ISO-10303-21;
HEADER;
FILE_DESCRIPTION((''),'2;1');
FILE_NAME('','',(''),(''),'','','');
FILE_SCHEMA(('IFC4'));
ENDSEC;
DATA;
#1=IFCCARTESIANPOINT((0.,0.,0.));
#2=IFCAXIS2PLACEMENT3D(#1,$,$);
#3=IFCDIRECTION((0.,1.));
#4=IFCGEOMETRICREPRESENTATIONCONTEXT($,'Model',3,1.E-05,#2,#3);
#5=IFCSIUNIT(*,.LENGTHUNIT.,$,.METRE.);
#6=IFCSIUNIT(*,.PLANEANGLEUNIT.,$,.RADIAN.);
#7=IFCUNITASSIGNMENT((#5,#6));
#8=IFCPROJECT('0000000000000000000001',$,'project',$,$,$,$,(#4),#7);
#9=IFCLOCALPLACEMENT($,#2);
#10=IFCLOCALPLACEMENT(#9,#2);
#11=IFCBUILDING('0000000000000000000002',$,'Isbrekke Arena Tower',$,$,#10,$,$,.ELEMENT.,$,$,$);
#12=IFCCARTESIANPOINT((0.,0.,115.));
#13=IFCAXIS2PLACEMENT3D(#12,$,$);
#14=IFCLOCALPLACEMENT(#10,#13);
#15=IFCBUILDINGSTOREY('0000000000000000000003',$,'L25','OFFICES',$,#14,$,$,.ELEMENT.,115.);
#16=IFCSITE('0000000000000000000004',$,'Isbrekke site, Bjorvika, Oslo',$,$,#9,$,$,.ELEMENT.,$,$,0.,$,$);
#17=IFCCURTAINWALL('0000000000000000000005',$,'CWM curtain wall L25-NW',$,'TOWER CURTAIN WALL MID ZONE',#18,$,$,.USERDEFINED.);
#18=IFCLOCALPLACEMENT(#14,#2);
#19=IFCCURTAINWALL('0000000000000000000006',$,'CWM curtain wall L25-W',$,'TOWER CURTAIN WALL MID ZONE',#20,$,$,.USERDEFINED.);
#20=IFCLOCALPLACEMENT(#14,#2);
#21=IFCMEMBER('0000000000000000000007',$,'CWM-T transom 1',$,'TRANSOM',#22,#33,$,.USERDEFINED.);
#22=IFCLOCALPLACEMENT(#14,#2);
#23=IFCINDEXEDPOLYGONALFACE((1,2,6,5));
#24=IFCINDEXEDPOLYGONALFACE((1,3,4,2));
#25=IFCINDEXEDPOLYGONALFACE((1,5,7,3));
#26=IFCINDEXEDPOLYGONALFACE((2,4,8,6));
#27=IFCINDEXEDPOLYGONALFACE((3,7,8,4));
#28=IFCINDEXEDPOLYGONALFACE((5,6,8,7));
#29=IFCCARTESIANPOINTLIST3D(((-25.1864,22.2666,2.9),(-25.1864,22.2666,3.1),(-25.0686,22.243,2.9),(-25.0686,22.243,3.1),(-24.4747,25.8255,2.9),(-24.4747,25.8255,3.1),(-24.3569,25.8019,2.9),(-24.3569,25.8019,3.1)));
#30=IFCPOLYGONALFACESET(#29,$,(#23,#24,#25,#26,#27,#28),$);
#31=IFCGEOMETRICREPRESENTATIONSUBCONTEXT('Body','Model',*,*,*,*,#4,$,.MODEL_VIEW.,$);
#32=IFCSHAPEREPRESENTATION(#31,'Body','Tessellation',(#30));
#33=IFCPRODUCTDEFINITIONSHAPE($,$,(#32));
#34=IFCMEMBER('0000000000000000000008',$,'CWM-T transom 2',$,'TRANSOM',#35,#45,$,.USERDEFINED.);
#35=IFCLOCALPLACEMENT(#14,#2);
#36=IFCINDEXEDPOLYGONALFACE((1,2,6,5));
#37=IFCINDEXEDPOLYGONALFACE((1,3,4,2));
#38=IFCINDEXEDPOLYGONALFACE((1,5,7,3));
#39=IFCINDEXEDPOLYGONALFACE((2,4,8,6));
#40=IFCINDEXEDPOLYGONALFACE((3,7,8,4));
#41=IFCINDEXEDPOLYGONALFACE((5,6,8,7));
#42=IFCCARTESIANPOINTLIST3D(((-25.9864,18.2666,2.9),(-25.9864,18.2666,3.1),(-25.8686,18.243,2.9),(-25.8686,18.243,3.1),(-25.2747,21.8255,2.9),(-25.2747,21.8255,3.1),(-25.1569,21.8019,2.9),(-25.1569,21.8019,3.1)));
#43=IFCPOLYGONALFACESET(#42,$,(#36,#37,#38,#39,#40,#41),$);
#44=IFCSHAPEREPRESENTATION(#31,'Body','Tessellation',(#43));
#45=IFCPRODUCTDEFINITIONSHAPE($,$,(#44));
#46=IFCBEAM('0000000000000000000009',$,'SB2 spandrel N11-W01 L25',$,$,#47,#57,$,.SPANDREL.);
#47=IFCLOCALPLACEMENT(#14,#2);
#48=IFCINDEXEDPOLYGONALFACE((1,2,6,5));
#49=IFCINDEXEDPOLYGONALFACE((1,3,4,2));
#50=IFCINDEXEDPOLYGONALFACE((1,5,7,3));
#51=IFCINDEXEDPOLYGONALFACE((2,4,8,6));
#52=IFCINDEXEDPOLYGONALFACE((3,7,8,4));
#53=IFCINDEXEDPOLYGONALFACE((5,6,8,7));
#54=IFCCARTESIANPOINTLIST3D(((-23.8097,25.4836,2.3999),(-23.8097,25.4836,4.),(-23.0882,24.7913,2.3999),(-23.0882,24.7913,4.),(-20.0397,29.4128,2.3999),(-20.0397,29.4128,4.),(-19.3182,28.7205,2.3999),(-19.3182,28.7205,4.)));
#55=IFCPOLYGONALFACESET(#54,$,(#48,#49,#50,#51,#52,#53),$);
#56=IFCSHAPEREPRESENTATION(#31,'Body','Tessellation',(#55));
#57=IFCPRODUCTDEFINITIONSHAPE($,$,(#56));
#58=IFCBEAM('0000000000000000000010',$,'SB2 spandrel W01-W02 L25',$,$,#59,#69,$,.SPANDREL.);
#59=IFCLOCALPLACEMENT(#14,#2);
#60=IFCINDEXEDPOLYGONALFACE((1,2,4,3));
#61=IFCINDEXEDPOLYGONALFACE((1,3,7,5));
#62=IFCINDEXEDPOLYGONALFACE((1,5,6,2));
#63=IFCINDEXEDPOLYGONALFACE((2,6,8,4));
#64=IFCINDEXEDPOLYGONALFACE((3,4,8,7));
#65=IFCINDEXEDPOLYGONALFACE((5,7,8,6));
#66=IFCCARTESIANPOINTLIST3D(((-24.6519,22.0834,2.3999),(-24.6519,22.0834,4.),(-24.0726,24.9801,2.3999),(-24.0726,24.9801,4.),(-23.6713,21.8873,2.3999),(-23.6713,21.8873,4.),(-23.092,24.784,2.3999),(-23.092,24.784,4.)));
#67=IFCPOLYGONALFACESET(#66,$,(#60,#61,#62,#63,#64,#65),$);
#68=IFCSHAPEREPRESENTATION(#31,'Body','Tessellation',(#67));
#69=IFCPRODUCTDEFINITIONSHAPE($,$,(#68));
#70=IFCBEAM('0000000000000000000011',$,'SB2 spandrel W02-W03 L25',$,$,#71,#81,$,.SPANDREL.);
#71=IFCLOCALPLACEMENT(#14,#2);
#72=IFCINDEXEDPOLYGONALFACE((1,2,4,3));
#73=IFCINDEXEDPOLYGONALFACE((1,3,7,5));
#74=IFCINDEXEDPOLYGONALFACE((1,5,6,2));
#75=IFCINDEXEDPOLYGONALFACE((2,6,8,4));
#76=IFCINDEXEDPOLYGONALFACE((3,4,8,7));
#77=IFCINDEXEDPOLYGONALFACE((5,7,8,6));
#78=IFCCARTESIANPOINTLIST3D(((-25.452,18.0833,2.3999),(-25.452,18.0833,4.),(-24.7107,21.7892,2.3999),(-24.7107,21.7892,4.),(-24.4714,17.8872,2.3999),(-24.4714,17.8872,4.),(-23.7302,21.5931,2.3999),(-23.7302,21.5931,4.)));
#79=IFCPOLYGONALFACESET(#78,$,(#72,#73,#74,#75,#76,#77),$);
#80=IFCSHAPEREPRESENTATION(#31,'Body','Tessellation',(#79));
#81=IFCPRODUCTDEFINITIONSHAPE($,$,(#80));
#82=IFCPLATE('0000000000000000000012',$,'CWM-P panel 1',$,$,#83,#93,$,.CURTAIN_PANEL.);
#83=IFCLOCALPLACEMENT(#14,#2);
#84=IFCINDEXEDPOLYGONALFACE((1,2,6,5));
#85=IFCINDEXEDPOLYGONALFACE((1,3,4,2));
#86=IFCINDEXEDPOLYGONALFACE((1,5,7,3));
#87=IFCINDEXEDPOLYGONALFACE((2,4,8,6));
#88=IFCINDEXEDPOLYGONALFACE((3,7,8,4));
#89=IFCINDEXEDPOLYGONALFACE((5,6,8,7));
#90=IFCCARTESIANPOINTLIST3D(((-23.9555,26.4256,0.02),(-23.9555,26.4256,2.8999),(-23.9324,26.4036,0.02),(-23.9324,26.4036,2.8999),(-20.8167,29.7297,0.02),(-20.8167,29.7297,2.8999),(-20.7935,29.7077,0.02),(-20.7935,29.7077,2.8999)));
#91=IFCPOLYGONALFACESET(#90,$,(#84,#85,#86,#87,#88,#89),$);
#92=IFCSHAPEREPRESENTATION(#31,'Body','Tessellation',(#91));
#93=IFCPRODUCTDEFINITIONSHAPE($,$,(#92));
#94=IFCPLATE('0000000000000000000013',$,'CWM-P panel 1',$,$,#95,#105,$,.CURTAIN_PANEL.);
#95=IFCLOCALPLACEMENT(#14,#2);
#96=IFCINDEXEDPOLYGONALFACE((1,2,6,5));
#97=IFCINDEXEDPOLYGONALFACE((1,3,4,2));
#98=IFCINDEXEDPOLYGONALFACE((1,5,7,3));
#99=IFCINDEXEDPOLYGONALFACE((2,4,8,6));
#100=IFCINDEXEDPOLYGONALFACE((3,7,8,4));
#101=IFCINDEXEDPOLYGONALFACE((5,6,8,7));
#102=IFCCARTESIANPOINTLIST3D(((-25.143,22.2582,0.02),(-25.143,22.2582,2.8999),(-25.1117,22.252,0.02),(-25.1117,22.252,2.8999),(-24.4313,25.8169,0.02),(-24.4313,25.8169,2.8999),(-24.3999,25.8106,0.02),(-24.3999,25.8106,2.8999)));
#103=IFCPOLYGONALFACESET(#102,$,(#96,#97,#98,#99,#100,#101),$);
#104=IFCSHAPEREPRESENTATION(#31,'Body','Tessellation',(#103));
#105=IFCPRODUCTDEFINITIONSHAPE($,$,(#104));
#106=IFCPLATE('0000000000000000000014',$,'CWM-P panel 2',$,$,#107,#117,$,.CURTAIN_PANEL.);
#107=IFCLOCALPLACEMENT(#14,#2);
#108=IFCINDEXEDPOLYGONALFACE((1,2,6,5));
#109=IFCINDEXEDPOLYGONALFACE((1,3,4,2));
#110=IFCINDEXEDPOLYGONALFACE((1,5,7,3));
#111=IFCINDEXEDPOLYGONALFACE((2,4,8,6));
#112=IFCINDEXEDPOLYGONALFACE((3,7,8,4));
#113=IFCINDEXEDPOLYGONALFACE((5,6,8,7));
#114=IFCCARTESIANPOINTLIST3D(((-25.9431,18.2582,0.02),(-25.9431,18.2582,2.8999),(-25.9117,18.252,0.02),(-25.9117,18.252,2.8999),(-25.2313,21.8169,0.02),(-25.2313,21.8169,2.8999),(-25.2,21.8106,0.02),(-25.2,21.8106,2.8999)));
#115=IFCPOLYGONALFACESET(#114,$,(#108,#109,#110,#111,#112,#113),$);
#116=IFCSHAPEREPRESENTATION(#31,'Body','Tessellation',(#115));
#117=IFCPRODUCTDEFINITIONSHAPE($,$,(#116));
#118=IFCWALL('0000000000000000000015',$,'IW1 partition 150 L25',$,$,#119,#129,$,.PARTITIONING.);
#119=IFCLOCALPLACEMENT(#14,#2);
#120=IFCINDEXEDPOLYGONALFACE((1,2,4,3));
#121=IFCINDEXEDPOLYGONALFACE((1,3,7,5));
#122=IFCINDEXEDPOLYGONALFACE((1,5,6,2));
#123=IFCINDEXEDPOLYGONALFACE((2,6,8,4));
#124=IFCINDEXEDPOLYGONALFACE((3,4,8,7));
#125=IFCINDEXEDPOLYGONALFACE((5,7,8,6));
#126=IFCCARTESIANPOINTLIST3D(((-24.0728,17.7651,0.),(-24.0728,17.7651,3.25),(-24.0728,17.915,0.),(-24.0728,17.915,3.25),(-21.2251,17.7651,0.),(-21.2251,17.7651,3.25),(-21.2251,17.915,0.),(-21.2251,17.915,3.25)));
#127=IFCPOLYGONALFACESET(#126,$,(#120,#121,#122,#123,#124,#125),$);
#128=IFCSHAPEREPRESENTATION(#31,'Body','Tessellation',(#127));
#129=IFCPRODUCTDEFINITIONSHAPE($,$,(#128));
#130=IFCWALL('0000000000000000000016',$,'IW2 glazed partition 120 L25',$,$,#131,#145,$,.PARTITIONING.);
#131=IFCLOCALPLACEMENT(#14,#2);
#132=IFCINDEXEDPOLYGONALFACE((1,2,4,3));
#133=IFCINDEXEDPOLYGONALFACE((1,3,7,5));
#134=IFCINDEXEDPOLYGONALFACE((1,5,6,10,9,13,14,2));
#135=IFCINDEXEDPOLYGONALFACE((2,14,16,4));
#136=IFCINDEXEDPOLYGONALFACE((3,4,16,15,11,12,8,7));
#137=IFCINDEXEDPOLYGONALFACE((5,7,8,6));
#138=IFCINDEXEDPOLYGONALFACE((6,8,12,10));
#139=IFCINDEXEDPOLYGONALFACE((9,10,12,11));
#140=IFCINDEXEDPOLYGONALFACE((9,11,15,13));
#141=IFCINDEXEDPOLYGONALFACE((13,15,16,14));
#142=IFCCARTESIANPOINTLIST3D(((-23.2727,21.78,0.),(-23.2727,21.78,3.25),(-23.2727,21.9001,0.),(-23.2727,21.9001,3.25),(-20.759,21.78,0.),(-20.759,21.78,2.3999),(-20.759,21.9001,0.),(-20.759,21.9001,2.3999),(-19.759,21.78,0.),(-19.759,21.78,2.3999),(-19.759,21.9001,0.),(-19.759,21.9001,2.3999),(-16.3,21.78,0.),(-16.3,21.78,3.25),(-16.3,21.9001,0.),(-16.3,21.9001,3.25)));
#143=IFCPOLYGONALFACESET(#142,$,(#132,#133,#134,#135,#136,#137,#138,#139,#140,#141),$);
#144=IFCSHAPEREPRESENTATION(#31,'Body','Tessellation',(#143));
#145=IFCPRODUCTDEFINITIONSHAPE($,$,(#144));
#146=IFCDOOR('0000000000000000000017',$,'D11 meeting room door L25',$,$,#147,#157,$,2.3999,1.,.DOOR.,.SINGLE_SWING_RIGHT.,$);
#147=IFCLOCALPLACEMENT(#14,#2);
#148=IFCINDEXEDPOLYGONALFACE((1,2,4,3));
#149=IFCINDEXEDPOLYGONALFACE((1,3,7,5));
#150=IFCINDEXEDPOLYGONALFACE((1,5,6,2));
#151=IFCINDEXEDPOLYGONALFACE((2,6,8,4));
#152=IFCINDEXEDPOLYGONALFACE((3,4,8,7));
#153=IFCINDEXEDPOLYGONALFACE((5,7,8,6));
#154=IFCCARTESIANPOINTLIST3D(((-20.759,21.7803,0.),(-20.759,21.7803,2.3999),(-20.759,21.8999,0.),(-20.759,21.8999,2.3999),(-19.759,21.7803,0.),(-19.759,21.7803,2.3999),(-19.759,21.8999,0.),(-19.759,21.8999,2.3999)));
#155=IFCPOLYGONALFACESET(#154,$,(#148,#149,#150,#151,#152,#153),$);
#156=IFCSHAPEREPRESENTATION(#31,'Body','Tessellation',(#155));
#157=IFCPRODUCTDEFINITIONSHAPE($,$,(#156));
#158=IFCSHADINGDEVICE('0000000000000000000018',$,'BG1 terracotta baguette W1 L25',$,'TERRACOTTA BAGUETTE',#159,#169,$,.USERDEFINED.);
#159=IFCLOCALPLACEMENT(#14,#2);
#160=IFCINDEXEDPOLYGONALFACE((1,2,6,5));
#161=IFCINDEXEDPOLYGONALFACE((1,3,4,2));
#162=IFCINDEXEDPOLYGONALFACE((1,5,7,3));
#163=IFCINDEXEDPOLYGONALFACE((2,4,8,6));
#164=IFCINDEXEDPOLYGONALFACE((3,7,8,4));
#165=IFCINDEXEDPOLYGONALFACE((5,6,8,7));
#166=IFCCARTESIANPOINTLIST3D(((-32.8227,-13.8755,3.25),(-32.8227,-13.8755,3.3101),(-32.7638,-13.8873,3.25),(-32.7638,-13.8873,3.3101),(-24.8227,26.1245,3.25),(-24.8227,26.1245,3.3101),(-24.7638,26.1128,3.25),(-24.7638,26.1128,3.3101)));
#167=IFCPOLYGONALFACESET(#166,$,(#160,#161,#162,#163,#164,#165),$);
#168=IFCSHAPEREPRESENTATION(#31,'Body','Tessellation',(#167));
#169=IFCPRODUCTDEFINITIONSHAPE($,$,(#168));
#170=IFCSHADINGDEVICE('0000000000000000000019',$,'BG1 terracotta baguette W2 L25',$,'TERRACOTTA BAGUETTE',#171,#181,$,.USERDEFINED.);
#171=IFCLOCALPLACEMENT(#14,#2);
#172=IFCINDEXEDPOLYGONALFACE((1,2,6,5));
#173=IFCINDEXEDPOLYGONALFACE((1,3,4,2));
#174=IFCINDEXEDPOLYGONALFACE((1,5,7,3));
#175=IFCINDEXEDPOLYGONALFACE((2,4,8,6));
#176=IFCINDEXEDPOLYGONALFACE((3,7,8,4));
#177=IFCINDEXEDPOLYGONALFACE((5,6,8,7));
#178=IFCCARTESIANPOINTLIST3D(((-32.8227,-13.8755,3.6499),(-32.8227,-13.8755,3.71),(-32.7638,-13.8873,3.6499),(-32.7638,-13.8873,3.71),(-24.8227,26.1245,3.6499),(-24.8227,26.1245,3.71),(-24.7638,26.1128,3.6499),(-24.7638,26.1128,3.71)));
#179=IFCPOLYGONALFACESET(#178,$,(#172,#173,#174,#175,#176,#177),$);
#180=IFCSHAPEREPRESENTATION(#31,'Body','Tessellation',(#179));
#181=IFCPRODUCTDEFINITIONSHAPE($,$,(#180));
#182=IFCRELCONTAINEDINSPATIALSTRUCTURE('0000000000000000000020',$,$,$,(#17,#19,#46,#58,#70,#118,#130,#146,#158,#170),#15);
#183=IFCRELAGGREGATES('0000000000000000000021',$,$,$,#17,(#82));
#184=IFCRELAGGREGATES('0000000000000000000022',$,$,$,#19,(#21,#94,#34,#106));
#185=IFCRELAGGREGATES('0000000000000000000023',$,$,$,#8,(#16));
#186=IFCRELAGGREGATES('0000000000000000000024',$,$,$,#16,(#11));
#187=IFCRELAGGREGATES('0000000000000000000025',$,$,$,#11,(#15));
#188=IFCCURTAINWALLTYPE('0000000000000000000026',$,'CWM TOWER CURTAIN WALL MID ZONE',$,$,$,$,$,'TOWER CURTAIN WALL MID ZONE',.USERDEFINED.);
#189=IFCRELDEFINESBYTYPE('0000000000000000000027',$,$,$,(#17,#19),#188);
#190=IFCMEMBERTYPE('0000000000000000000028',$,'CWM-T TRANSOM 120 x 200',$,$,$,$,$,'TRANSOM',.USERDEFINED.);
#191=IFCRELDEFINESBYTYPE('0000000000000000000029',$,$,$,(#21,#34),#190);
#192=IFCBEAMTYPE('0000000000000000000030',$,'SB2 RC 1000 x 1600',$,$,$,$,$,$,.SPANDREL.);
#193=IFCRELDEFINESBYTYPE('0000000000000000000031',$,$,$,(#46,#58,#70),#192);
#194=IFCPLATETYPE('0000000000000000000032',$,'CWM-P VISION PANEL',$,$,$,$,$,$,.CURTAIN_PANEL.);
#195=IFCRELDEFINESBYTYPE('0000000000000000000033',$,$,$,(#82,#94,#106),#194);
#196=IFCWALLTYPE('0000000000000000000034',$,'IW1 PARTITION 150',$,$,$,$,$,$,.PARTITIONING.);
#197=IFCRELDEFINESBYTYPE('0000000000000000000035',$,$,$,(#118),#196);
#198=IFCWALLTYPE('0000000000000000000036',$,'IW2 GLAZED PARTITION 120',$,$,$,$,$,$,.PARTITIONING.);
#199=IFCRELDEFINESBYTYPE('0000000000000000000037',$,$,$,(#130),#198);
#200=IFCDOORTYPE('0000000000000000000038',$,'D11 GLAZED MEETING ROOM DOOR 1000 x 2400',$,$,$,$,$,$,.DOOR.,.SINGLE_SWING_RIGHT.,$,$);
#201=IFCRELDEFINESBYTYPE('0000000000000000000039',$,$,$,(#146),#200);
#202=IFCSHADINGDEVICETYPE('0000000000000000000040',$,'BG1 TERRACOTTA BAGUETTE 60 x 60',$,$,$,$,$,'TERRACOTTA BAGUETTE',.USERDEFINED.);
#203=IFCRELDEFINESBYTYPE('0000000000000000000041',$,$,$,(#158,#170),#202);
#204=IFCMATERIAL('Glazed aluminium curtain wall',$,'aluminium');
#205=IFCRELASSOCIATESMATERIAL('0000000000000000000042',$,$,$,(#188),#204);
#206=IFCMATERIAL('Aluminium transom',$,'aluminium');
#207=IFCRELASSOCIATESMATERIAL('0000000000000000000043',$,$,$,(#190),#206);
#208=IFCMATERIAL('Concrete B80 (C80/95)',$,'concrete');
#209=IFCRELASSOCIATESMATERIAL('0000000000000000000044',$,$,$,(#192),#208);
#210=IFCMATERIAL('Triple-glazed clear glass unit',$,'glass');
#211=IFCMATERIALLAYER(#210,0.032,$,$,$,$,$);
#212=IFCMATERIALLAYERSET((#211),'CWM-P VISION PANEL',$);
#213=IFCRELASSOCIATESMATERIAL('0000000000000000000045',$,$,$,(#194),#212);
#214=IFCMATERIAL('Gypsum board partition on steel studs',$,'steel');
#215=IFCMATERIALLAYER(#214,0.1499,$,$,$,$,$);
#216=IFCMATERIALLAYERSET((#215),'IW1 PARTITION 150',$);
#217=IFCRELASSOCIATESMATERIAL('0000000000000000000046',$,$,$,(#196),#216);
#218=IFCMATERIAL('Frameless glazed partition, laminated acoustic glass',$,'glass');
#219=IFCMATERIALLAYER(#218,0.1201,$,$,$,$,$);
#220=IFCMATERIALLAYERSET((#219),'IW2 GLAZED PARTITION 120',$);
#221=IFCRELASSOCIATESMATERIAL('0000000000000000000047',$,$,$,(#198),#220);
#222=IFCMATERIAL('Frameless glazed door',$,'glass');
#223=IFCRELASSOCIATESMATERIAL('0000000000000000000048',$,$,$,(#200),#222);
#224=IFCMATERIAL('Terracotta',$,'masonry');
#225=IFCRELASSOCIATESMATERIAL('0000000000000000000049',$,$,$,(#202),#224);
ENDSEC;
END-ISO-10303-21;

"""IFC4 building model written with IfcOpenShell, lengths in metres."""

from ifc_helpers import new_model, si_unit, direction, frame, frame_2d, origin, origin_2d, place, context, subcontext, project, spatial, rectangle, extrude, material, layer, layer_set, material_profile, profile_set, type_object, element, fill, aggregate, save


model = new_model("IFC4")

# Units and contexts
model_context = context("Model", 3, precision=1e-05, world=origin(), true_north=direction((0.0, 1.0)))
body_context = subcontext(model_context, "Body", "Model", "MODEL_VIEW")
ifc_project = project(units=[si_unit("LENGTHUNIT", "METRE"), si_unit("PLANEANGLEUNIT", "RADIAN")], contexts=[model_context])

# Site, building, storey
site_placement = place(None, origin())
site = spatial("IfcSite", under=ifc_project, at=site_placement, Name="Isbrekke site, Bjorvika, Oslo", CompositionType="ELEMENT", RefElevation=0.0)
building_placement = place(site_placement, origin())
building = spatial("IfcBuilding", under=site, at=building_placement, Name="Isbrekke Arena Tower", CompositionType="ELEMENT")
storey_placement = place(building_placement, frame((0.0, 0.0, 115.0)))
storey = spatial("IfcBuildingStorey", under=building, at=storey_placement, Name="L25", Description="OFFICES", CompositionType="ELEMENT", Elevation=115.0)

# Shared definitions
ifc_material_1 = material(Name="Glazed aluminium curtain wall", Category="aluminium")
curtain_wall_type = type_object("IfcCurtainWallType", Name="CWM TOWER CURTAIN WALL MID ZONE", ElementType="TOWER CURTAIN WALL MID ZONE", PredefinedType="USERDEFINED", material=ifc_material_1)

# Curtain walls
curtain_wall_1_placement = place(storey_placement, origin())
curtain_wall_1 = element("IfcCurtainWall", 1, at=curtain_wall_1_placement, inside=storey, type_object=curtain_wall_type, Name="CWM curtain wall L25-NW", ObjectType="TOWER CURTAIN WALL MID ZONE", PredefinedType="USERDEFINED")
curtain_wall_2_placement = place(storey_placement, origin())
curtain_wall_2 = element("IfcCurtainWall", 2, at=curtain_wall_2_placement, inside=storey, type_object=curtain_wall_type, Name="CWM curtain wall L25-W", ObjectType="TOWER CURTAIN WALL MID ZONE", PredefinedType="USERDEFINED")

# Members
ifc_material_2 = material(Name="Aluminium transom", Category="aluminium")
ifc_material_profile_1 = material_profile(ifc_material_2, rectangle(XDim=0.1201, YDim=0.2, at=origin_2d()), Name="TRANSOM 120X200")
ifc_profile_set_1 = profile_set([ifc_material_profile_1], Name="Aluminium transom")
member_type_1 = type_object("IfcMemberType", Name="CWM-T TRANSOM 120 x 200", ElementType="TRANSOM", PredefinedType="USERDEFINED", material=ifc_profile_set_1)
member_1_placement = place(storey_placement, frame((-24.4158, 25.8137, 3.0), z_axis=(-0.19609, -0.980586, 0.0), x_axis=(0.980586, -0.19609, 0.0)))
member_1 = element("IfcMember", 3, at=member_1_placement, type_object=member_type_1, Name="CWM-T transom 1", ObjectType="TRANSOM", PredefinedType="USERDEFINED", context=body_context, shape_type="SweptSolid", body=[
    extrude(rectangle(XDim=0.1201, YDim=0.2, at=origin_2d()), origin(), (0.0, 0.0, 1.0), 3.6294),
])
member_2_placement = place(storey_placement, frame((-25.2158, 21.8137, 3.0), z_axis=(-0.19609, -0.980586, 0.0), x_axis=(0.980586, -0.19609, 0.0)))
member_2 = element("IfcMember", 4, at=member_2_placement, type_object=member_type_1, Name="CWM-T transom 2", ObjectType="TRANSOM", PredefinedType="USERDEFINED", context=body_context, shape_type="SweptSolid", body=[
    extrude(rectangle(XDim=0.1201, YDim=0.2, at=origin_2d()), origin(), (0.0, 0.0, 1.0), 3.6294),
])

# Beams
ifc_material_3 = material(Name="Concrete B80 (C80/95)", Category="concrete")
ifc_material_profile_2 = material_profile(ifc_material_3, rectangle(XDim=1.0, YDim=1.6001, at=origin_2d()), Name="RC 1000x1600")
ifc_profile_set_2 = profile_set([ifc_material_profile_2], Name="Concrete B80 (C80/95)")
beam_type_1 = type_object("IfcBeamType", Name="SB2 RC 1000 x 1600", PredefinedType="SPANDREL", material=ifc_profile_set_2)
beam_1_placement = place(storey_placement, frame((-19.679, 29.0667, 3.2), z_axis=(-0.69234, -0.721572, 0.0), x_axis=(0.721572, -0.69234, 0.0)))
element("IfcBeam", 5, at=beam_1_placement, inside=storey, type_object=beam_type_1, Name="SB2 spandrel N11-W01 L25", PredefinedType="SPANDREL", context=body_context, shape_type="SweptSolid", body=[
    extrude(rectangle(XDim=1.0, YDim=1.6001, at=origin_2d()), origin(), (0.0, 0.0, 1.0), 5.4453),
])
beam_2_placement = place(storey_placement, frame((-23.5823, 24.8821, 3.2), z_axis=(-0.196116, -0.980581, 0.0), x_axis=(0.980581, -0.196116, 0.0)))
element("IfcBeam", 6, at=beam_2_placement, inside=storey, type_object=beam_type_1, Name="SB2 spandrel W01-W02 L25", PredefinedType="SPANDREL", context=body_context, shape_type="SweptSolid", body=[
    extrude(rectangle(XDim=1.0, YDim=1.6001, at=origin_2d()), origin(), (0.0, 0.0, 1.0), 2.9541),
])
beam_3_placement = place(storey_placement, frame((-24.2205, 21.6912, 3.2), z_axis=(-0.196129, -0.980578, 0.0), x_axis=(0.980578, -0.196129, 0.0)))
element("IfcBeam", 7, at=beam_3_placement, inside=storey, type_object=beam_type_1, Name="SB2 spandrel W02-W03 L25", PredefinedType="SPANDREL", context=body_context, shape_type="SweptSolid", body=[
    extrude(rectangle(XDim=1.0, YDim=1.6001, at=origin_2d()), origin(), (0.0, 0.0, 1.0), 3.7793),
])

# Plates
ifc_material_4 = material(Name="Triple-glazed clear glass unit", Category="glass")
ifc_layer_1 = layer(ifc_material_4, 0.032)
ifc_layer_set_1 = layer_set([ifc_layer_1], Name="CWM-P VISION PANEL")
plate_type = type_object("IfcPlateType", Name="CWM-P VISION PANEL", PredefinedType="CURTAIN_PANEL", material=ifc_layer_set_1)
plate_1_placement = place(storey_placement, frame((-22.3745, 28.0667, 0.02), z_axis=(0.0, 0.0, 1.0), x_axis=(-0.688749, -0.724999, 0.0)))
plate_1 = element("IfcPlate", 8, at=plate_1_placement, type_object=plate_type, Name="CWM-P panel 1", PredefinedType="CURTAIN_PANEL", context=body_context, shape_type="SweptSolid", body=[
    extrude(rectangle(XDim=4.5574, YDim=0.032, at=origin_2d()), origin(), (0.0, 0.0, 1.0), 2.8799),
])
aggregate(curtain_wall_1, [plate_1])
plate_2_placement = place(storey_placement, frame((-24.7715, 24.0344, 0.02), z_axis=(0.0, 0.0, 1.0), x_axis=(-0.196116, -0.980581, 0.0)))
plate_2 = element("IfcPlate", 9, at=plate_2_placement, type_object=plate_type, Name="CWM-P panel 1", PredefinedType="CURTAIN_PANEL", context=body_context, shape_type="SweptSolid", body=[
    extrude(rectangle(XDim=3.6292, YDim=0.032, at=origin_2d()), origin(), (0.0, 0.0, 1.0), 2.8799),
])
plate_3_placement = place(storey_placement, frame((-25.5715, 20.0344, 0.02), z_axis=(0.0, 0.0, 1.0), x_axis=(-0.196116, -0.980581, 0.0)))
plate_3 = element("IfcPlate", 10, at=plate_3_placement, type_object=plate_type, Name="CWM-P panel 2", PredefinedType="CURTAIN_PANEL", context=body_context, shape_type="SweptSolid", body=[
    extrude(rectangle(XDim=3.6292, YDim=0.032, at=origin_2d()), origin(), (0.0, 0.0, 1.0), 2.8799),
])
aggregate(curtain_wall_2, [member_1, plate_2, member_2, plate_3])

# Wall
ifc_material_5 = material(Name="Gypsum board partition on steel studs", Category="steel")
ifc_layer_2 = layer(ifc_material_5, 0.1499)
ifc_layer_set_2 = layer_set([ifc_layer_2], Name="IW1 PARTITION 150")
wall_type_1 = type_object("IfcWallType", Name="IW1 PARTITION 150", PredefinedType="PARTITIONING", material=ifc_layer_set_2)
wall_1_placement = place(storey_placement, frame((-24.0728, 17.8401, 0.0), z_axis=(0.0, 0.0, 1.0), x_axis=(1.0, 0.0, 0.0)))
element("IfcWall", 11, at=wall_1_placement, inside=storey, type_object=wall_type_1, Name="IW1 partition 150 L25", PredefinedType="PARTITIONING", context=body_context, shape_type="SweptSolid", body=[
    extrude(rectangle(XDim=2.8477, YDim=0.1499, at=frame_2d((1.4238, 0.0))), origin(), (0.0, 0.0, 1.0), 3.25),
])

# Wall, opening, door
ifc_material_6 = material(Name="Frameless glazed partition, laminated acoustic glass", Category="glass")
ifc_layer_3 = layer(ifc_material_6, 0.1201)
ifc_layer_set_3 = layer_set([ifc_layer_3], Name="IW2 GLAZED PARTITION 120")
wall_type_2 = type_object("IfcWallType", Name="IW2 GLAZED PARTITION 120", PredefinedType="PARTITIONING", material=ifc_layer_set_3)
wall_2_placement = place(storey_placement, frame((-23.2727, 21.8401, 0.0), z_axis=(0.0, 0.0, 1.0), x_axis=(1.0, 0.0, 0.0)))
wall_2 = element("IfcWall", 12, at=wall_2_placement, inside=storey, type_object=wall_type_2, Name="IW2 glazed partition 120 L25", PredefinedType="PARTITIONING", context=body_context, shape_type="SweptSolid", body=[
    extrude(rectangle(XDim=6.9727, YDim=0.1201, at=frame_2d((3.4863, 0.0))), origin(), (0.0, 0.0, 1.0), 3.25),
])
opening_placement = place(wall_2_placement, frame((2.5137, 0.0, 0.0)))
opening = element("IfcOpeningElement", 13, at=opening_placement, cuts=wall_2, PredefinedType="OPENING", context=body_context, shape_type="SweptSolid", body=[
    extrude(rectangle(XDim=1.0, YDim=2.3999, at=frame_2d((0.5, 1.2))), frame((0.0, 0.075, 0.0), z_axis=(0.0, -1.0, 0.0), x_axis=(1.0, 0.0, 0.0)), (0.0, 0.0, 1.0), 0.1499),
])
ifc_material_7 = material(Name="Frameless glazed door", Category="glass")
door_type = type_object("IfcDoorType", Name="D11 GLAZED MEETING ROOM DOOR 1000 x 2400", OperationType="SINGLE_SWING_RIGHT", PredefinedType="DOOR", material=ifc_material_7)
door_placement = place(opening_placement, origin())
door = element("IfcDoor", 14, at=door_placement, inside=storey, type_object=door_type, Name="D11 meeting room door L25", OperationType="SINGLE_SWING_RIGHT", OverallHeight=2.3999, OverallWidth=1.0, PredefinedType="DOOR", context=body_context, shape_type="SweptSolid", body=[
    extrude(rectangle(XDim=1.0, YDim=2.3999, at=frame_2d((0.5, 1.2))), frame((0.0, 0.0598, 0.0), z_axis=(0.0, -1.0, 0.0), x_axis=(1.0, 0.0, 0.0)), (0.0, 0.0, 1.0), 0.1196),
])
fill(opening, door)

# Shading devices
ifc_material_8 = material(Name="Terracotta", Category="masonry")
ifc_material_profile_3 = material_profile(ifc_material_8, rectangle(XDim=0.0601, YDim=0.0601, at=origin_2d()), Name="BAGUETTE 60X60")
ifc_profile_set_3 = profile_set([ifc_material_profile_3], Name="Terracotta")
shading_device_type = type_object("IfcShadingDeviceType", Name="BG1 TERRACOTTA BAGUETTE 60 x 60", ElementType="TERRACOTTA BAGUETTE", PredefinedType="USERDEFINED", material=ifc_profile_set_3)
for number, where, z_axis, x_axis, name in (
    (15, (-24.7932, 26.1187, 3.28), (-0.196116, -0.980581, 0.0), (0.980581, -0.196116, 0.0), "BG1 terracotta baguette W1 L25"),
    (16, (-24.7932, 26.1187, 3.6799), (-0.196116, -0.980581, 0.0), (0.980581, -0.196116, 0.0), "BG1 terracotta baguette W2 L25"),
):
    element("IfcShadingDevice", number, at=place(storey_placement, frame(where, z_axis=z_axis, x_axis=x_axis)), inside=storey, type_object=shading_device_type, Name=name, ObjectType="TERRACOTTA BAGUETTE", PredefinedType="USERDEFINED", context=body_context, shape_type="SweptSolid", body=[
        extrude(rectangle(XDim=0.0601, YDim=0.0601, at=origin_2d()), origin(), (0.0, 0.0, 1.0), 40.7922),
    ])

save(model, "model.ifc")
